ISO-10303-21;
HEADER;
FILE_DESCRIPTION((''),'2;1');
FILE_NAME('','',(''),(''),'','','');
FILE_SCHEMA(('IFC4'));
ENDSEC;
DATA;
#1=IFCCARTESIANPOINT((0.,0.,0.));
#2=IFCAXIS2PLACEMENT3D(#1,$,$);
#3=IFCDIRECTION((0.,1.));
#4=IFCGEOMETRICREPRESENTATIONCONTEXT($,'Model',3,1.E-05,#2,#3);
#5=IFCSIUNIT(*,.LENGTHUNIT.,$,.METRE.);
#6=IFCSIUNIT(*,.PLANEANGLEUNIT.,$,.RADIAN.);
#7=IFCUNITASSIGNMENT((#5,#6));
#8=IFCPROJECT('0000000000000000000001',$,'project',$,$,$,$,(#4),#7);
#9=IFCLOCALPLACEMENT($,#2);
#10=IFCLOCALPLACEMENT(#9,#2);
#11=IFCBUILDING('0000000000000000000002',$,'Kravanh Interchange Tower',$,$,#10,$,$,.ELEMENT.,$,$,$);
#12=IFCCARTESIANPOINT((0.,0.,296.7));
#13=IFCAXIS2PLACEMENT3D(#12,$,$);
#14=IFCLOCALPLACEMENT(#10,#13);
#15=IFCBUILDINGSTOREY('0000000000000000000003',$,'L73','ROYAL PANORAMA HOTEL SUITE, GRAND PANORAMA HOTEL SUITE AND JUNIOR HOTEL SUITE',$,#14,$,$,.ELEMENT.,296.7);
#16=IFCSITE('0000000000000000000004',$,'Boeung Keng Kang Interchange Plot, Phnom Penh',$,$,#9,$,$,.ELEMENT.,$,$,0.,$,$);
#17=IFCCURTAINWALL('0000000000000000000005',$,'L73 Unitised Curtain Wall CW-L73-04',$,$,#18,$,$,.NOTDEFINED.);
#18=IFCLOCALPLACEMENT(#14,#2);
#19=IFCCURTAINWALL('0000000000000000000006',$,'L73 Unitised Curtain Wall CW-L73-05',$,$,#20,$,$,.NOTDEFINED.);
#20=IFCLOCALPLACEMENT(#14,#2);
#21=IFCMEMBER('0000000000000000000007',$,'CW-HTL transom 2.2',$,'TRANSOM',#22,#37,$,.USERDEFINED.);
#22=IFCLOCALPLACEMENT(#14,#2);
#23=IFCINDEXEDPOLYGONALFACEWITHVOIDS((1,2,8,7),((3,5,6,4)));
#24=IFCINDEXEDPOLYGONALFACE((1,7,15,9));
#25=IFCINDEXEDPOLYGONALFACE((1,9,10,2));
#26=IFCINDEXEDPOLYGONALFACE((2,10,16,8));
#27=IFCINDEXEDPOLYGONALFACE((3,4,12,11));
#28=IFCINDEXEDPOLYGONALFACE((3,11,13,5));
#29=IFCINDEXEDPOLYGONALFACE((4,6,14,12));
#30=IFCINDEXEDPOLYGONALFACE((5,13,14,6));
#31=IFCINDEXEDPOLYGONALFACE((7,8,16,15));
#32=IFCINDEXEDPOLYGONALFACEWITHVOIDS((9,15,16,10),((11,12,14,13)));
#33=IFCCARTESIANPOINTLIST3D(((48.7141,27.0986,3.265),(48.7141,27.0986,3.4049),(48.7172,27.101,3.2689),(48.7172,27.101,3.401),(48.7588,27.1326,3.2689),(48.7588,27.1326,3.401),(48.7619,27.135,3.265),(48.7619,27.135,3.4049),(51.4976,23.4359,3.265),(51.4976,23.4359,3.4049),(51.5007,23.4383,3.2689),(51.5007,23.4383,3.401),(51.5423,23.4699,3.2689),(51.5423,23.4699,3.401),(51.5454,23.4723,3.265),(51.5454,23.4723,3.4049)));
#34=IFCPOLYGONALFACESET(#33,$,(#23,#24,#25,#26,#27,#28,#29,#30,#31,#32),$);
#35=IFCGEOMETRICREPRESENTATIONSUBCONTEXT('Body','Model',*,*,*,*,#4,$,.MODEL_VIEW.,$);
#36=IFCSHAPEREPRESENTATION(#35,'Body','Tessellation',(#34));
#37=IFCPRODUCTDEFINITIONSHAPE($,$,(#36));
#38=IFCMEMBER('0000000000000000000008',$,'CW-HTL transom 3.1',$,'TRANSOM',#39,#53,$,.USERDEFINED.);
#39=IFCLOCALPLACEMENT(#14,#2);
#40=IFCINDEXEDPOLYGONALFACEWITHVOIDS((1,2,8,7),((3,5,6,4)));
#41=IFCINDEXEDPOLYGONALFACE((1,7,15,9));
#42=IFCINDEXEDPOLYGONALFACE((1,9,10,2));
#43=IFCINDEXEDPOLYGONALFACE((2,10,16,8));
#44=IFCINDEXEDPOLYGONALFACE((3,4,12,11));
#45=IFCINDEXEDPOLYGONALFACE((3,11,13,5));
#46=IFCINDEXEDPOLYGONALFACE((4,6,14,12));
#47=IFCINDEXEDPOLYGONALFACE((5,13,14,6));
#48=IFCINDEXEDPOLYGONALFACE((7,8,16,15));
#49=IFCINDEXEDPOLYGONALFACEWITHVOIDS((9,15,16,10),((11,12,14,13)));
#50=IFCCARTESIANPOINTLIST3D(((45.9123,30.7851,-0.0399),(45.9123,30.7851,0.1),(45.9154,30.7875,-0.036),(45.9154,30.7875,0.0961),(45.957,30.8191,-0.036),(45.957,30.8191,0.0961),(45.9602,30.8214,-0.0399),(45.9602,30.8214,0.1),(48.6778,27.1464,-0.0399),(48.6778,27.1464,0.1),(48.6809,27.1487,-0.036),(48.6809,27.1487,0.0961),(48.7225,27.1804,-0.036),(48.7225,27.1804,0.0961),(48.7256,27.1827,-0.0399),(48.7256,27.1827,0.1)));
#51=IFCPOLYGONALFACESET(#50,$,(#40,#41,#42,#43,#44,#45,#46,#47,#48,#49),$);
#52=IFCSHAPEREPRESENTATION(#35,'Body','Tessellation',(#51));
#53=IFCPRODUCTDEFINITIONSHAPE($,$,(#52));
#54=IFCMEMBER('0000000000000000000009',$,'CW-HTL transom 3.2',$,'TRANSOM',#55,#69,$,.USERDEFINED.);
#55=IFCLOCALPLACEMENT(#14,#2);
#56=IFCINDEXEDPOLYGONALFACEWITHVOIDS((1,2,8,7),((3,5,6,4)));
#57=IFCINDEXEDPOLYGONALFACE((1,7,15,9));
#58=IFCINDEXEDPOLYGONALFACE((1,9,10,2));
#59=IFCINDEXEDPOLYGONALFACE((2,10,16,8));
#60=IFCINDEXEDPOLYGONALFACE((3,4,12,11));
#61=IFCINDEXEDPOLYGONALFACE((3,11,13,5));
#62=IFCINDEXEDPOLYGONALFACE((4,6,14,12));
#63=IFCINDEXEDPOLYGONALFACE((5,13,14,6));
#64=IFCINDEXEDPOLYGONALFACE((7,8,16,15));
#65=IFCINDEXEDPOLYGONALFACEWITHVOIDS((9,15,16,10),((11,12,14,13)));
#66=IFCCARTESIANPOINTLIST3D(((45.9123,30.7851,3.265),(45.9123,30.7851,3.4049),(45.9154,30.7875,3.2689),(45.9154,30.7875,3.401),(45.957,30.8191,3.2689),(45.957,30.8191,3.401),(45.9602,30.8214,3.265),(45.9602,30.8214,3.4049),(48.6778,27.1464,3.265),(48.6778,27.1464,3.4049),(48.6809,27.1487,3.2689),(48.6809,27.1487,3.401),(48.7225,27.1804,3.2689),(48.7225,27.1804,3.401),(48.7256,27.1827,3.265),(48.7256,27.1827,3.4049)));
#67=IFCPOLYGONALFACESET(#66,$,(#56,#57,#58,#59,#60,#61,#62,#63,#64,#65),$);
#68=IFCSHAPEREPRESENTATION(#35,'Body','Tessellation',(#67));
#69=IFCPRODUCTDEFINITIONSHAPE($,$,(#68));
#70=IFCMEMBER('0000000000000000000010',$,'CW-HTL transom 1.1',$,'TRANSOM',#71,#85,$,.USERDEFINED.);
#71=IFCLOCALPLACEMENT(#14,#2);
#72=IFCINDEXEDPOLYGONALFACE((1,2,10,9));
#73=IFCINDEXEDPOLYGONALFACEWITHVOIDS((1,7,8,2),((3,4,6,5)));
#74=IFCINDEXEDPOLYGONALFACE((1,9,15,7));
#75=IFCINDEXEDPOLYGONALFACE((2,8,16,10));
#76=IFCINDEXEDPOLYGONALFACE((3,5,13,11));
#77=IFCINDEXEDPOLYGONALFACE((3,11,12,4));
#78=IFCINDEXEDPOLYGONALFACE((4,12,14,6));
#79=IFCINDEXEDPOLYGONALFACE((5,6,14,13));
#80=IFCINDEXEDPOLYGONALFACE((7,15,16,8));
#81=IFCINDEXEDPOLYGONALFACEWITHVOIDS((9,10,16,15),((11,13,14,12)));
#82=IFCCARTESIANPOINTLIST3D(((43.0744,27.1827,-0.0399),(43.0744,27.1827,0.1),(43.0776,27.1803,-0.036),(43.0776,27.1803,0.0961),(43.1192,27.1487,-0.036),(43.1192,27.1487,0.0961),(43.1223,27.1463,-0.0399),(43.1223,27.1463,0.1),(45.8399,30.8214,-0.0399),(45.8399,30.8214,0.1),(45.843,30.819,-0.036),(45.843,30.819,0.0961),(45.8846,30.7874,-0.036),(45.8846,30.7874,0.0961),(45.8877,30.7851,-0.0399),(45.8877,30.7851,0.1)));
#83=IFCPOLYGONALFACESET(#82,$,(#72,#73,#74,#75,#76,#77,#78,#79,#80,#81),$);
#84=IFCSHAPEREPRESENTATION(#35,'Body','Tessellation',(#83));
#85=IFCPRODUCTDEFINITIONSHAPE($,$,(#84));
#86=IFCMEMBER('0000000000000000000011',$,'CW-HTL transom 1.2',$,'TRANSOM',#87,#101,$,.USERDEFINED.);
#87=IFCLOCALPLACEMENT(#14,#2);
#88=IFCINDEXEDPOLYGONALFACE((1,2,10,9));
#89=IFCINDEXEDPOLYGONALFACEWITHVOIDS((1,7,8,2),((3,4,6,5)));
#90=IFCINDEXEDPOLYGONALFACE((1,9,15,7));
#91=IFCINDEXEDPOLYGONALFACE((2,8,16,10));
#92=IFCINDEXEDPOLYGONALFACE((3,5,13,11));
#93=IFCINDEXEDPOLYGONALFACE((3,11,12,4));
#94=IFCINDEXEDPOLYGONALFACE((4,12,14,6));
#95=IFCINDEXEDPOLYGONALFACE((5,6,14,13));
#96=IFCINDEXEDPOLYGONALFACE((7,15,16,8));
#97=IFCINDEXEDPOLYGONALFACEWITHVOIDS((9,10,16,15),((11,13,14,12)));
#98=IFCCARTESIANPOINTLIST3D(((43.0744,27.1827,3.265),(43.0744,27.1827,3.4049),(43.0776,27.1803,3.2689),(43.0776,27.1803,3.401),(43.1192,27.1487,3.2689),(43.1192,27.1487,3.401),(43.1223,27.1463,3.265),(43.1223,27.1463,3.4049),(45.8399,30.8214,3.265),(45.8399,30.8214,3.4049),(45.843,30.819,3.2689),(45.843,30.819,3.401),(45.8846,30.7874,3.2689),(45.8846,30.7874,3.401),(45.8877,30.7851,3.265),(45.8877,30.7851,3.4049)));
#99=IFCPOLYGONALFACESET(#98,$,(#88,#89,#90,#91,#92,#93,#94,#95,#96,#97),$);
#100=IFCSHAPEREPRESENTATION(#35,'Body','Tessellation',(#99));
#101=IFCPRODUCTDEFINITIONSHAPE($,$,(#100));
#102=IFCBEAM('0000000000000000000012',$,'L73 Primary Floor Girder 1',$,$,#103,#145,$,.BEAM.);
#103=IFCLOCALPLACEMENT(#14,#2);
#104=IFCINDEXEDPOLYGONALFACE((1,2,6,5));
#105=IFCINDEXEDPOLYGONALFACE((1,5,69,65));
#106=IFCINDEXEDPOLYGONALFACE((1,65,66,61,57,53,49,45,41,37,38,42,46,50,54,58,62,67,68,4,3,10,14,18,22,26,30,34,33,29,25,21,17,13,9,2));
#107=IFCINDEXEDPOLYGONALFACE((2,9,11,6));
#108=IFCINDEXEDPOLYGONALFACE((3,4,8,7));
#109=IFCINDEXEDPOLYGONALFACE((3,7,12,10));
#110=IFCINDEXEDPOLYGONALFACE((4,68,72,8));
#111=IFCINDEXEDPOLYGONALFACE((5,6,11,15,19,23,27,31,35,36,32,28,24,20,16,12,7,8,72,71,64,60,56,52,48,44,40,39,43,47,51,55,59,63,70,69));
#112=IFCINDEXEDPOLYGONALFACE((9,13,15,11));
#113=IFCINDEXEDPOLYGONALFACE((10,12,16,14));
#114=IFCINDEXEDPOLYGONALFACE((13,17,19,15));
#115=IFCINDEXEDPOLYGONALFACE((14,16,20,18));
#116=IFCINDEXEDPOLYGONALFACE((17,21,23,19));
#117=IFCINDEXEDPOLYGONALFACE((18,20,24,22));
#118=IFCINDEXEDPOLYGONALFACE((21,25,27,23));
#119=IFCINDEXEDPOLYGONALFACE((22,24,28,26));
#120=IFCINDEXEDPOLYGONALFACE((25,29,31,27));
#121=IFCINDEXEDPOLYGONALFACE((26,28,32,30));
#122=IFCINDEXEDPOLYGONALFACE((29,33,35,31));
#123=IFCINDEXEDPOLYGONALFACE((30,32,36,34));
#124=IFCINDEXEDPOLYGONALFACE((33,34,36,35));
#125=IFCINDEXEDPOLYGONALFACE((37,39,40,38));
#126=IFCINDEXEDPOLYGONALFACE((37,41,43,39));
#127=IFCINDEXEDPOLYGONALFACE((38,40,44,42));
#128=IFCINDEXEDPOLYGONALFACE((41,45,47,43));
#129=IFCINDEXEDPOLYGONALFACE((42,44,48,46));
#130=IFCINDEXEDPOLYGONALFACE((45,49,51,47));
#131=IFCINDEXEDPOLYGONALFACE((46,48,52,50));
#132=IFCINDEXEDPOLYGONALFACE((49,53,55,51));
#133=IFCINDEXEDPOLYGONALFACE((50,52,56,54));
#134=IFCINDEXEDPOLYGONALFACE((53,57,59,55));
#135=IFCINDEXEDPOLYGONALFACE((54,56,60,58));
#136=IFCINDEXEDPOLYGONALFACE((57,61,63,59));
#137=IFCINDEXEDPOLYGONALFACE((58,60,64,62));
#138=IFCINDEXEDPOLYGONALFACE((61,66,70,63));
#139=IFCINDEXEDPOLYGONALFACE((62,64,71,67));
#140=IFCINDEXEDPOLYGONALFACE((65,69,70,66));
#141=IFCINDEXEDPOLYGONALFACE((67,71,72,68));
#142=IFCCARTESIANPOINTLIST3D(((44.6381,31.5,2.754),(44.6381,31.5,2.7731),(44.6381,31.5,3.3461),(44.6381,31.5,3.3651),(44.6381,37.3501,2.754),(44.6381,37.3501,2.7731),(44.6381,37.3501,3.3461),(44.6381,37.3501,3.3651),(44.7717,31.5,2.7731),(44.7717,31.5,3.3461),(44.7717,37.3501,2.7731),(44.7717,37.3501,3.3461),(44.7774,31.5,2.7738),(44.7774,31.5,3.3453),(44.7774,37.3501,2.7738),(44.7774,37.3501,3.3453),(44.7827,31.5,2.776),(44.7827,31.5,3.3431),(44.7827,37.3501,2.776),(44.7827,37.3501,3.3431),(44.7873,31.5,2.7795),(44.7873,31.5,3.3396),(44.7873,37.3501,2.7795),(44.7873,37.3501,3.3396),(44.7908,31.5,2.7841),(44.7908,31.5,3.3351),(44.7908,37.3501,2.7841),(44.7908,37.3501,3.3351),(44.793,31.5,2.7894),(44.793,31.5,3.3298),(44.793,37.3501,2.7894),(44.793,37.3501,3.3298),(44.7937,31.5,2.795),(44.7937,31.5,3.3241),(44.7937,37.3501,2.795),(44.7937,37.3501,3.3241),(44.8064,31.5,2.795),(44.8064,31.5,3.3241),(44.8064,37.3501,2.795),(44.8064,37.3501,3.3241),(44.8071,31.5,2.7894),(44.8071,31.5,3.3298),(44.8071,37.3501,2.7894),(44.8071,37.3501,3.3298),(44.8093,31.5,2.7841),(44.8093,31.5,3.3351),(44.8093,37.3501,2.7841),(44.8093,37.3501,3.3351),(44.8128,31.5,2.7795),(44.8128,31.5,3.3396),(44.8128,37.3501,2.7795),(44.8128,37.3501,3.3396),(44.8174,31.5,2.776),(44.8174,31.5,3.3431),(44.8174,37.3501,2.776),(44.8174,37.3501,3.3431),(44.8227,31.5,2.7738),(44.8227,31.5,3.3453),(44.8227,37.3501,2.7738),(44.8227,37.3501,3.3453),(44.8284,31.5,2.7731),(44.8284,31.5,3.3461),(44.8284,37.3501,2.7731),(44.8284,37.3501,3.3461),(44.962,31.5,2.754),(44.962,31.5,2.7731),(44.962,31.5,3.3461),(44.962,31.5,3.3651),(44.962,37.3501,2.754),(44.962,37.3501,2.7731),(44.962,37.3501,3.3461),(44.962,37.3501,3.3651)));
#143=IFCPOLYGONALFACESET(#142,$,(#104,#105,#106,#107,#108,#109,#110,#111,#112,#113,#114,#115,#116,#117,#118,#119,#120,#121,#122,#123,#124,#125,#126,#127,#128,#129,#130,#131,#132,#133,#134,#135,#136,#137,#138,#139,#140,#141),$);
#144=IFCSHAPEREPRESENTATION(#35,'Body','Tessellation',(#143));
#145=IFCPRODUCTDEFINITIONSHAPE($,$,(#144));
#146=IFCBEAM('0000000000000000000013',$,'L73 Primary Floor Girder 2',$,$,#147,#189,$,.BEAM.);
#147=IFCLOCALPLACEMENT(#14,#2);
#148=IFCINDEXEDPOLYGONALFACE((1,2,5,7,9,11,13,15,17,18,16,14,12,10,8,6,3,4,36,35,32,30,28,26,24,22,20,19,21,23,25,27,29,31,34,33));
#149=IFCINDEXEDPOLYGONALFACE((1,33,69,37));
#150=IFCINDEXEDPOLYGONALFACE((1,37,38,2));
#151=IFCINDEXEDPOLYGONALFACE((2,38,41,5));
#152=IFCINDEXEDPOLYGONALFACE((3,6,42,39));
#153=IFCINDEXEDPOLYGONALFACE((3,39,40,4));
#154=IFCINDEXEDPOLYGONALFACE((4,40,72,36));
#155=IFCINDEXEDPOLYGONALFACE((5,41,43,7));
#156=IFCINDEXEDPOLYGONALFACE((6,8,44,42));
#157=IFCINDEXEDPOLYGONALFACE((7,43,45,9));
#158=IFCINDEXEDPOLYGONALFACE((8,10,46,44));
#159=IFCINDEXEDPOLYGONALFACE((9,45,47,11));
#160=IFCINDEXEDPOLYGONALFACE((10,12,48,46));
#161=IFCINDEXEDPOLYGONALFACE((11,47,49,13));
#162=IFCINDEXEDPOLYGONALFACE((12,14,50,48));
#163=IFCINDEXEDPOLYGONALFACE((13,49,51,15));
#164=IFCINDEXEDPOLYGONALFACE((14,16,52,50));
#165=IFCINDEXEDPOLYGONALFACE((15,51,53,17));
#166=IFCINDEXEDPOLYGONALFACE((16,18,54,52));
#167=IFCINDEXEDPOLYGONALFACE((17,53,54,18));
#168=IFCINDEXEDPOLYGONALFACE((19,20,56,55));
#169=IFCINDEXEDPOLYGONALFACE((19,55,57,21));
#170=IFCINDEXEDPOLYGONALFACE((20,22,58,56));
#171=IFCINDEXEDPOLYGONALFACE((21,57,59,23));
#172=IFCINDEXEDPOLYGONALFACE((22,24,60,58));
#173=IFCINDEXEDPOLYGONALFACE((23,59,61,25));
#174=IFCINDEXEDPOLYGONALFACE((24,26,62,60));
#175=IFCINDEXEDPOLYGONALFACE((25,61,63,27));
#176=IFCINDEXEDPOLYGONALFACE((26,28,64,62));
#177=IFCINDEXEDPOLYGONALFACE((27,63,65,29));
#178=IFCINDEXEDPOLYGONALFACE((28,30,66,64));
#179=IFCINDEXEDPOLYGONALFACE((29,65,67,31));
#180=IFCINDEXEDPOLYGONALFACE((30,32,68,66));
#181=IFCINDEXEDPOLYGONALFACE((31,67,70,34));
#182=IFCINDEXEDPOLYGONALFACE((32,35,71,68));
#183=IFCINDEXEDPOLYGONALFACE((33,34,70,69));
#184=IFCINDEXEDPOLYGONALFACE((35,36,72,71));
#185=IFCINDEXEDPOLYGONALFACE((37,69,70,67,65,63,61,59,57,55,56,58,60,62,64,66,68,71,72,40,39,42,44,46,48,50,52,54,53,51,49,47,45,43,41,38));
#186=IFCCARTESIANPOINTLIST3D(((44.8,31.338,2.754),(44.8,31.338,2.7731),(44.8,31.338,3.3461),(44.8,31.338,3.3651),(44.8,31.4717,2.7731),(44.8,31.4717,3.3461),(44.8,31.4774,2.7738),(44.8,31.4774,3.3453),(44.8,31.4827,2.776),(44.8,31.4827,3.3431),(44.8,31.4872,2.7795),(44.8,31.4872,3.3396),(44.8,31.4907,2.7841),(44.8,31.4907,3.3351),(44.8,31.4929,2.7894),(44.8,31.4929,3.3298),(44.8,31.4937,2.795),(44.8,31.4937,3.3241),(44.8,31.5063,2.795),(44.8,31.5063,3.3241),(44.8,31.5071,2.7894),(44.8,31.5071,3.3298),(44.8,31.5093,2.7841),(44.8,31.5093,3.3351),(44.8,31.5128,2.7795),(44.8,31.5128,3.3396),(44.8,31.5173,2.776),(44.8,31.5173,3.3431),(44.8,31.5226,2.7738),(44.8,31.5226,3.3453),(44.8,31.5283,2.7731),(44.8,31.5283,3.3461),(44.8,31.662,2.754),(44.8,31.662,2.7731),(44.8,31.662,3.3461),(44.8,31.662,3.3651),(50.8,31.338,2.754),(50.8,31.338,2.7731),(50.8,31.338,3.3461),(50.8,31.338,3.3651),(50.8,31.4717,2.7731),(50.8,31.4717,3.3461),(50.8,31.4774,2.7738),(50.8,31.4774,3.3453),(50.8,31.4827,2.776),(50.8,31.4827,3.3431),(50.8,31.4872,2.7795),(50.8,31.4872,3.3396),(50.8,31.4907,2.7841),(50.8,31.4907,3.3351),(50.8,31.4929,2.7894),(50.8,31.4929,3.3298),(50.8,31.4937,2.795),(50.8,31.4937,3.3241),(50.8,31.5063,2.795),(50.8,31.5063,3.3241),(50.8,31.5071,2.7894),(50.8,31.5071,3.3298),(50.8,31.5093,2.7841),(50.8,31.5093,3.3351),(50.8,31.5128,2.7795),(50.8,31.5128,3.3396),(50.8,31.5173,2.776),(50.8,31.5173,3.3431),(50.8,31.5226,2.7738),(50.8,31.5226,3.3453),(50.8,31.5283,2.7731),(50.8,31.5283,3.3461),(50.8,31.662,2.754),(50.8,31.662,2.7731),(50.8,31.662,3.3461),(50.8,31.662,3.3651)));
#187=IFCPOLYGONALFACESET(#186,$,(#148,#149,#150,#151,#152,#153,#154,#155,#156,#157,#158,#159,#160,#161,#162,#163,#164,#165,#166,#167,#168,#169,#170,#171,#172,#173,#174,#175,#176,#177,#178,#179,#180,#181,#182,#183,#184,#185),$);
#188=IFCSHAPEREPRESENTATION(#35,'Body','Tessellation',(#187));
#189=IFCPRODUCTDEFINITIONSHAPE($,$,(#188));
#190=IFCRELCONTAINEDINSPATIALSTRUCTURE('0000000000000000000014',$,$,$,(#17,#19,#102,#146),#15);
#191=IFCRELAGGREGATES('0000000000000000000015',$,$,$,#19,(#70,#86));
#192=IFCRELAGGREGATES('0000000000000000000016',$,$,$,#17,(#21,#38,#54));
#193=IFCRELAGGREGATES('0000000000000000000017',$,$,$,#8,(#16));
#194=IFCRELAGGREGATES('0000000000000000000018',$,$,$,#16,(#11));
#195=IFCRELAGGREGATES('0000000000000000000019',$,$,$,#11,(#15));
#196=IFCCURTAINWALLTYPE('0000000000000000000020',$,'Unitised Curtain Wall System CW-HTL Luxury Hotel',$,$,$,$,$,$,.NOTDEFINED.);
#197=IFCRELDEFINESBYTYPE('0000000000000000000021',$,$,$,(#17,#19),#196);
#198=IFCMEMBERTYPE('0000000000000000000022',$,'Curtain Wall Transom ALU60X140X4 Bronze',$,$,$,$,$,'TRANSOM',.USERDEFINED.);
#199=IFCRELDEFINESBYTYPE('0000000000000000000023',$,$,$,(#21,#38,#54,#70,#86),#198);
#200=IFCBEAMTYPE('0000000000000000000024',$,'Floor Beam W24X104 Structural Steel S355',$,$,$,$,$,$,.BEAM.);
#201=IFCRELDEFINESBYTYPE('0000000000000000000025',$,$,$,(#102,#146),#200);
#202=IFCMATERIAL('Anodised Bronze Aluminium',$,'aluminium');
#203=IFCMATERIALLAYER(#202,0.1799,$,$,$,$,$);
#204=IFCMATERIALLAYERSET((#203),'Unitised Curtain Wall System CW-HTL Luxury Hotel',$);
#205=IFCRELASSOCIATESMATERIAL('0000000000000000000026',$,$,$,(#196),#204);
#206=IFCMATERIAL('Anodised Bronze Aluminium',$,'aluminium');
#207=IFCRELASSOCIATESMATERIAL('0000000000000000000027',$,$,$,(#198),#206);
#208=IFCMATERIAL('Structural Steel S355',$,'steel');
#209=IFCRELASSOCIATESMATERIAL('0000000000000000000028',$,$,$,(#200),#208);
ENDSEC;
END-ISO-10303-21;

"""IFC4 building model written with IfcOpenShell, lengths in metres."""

from ifc_helpers import new_model, si_unit, direction, frame, origin, origin_2d, place, context, subcontext, project, spatial, hollow_rectangle, i_section, extrude, material, layer, layer_set, material_profile, profile_set, type_object, element, aggregate, save


model = new_model("IFC4")

# Units and contexts
model_context = context("Model", 3, precision=1e-05, world=origin(), true_north=direction((0.0, 1.0)))
body_context = subcontext(model_context, "Body", "Model", "MODEL_VIEW")
ifc_project = project(units=[si_unit("LENGTHUNIT", "METRE"), si_unit("PLANEANGLEUNIT", "RADIAN")], contexts=[model_context])

# Site, building, storey
site_placement = place(None, origin())
site = spatial("IfcSite", under=ifc_project, at=site_placement, Name="Boeung Keng Kang Interchange Plot, Phnom Penh", CompositionType="ELEMENT", RefElevation=0.0)
building_placement = place(site_placement, origin())
building = spatial("IfcBuilding", under=site, at=building_placement, Name="Kravanh Interchange Tower", CompositionType="ELEMENT")
storey_placement = place(building_placement, frame((0.0, 0.0, 296.7)))
storey = spatial("IfcBuildingStorey", under=building, at=storey_placement, Name="L73", Description="ROYAL PANORAMA HOTEL SUITE, GRAND PANORAMA HOTEL SUITE AND JUNIOR HOTEL SUITE", CompositionType="ELEMENT", Elevation=296.7)

# Curtain wall
ifc_material_1 = material(Name="Anodised Bronze Aluminium", Category="aluminium")
ifc_layer_1 = layer(ifc_material_1, 0.1799)
ifc_layer_set_1 = layer_set([ifc_layer_1], Name="Unitised Curtain Wall System CW-HTL Luxury Hotel")
curtain_wall_type = type_object("IfcCurtainWallType", Name="Unitised Curtain Wall System CW-HTL Luxury Hotel", PredefinedType="NOTDEFINED", material=ifc_layer_set_1)
curtain_wall_1_placement = place(storey_placement, origin())
curtain_wall_1 = element("IfcCurtainWall", 1, at=curtain_wall_1_placement, inside=storey, type_object=curtain_wall_type, Name="L73 Unitised Curtain Wall CW-L73-04", PredefinedType="NOTDEFINED")

# Curtain wall
curtain_wall_2_placement = place(storey_placement, origin())
curtain_wall_2 = element("IfcCurtainWall", 2, at=curtain_wall_2_placement, inside=storey, type_object=curtain_wall_type, Name="L73 Unitised Curtain Wall CW-L73-05", PredefinedType="NOTDEFINED")

# Members
ifc_material_2 = material(Name="Anodised Bronze Aluminium", Category="aluminium")
ifc_material_profile_1 = material_profile(ifc_material_2, hollow_rectangle(XDim=0.0601, YDim=0.1399, WallThickness=0.0039, at=origin_2d()), Name="ALU60X140X4")
ifc_profile_set_1 = profile_set([ifc_material_profile_1], Name="Anodised Bronze Aluminium")
member_type_1 = type_object("IfcMemberType", Name="Curtain Wall Transom ALU60X140X4 Bronze", ElementType="TRANSOM", PredefinedType="USERDEFINED", material=ifc_profile_set_1)
member_1_placement = place(storey_placement, frame((51.5215, 23.4541, 3.335), z_axis=(-0.605066, 0.796175, 0.0), x_axis=(-0.796175, -0.605066, 0.0)))
member_1 = element("IfcMember", 3, at=member_1_placement, type_object=member_type_1, Name="CW-HTL transom 2.2", ObjectType="TRANSOM", PredefinedType="USERDEFINED", context=body_context, shape_type="SweptSolid", body=[
    extrude(hollow_rectangle(XDim=0.0601, YDim=0.1399, WallThickness=0.0039, at=origin_2d()), origin(), (0.0, 0.0, 1.0), 4.6003),
])
member_2_placement = place(storey_placement, frame((48.7017, 27.1646, 0.03), z_axis=(-0.605082, 0.796163, 0.0), x_axis=(-0.796163, -0.605082, 0.0)))
member_2 = element("IfcMember", 4, at=member_2_placement, type_object=member_type_1, Name="CW-HTL transom 3.1", ObjectType="TRANSOM", PredefinedType="USERDEFINED", context=body_context, shape_type="SweptSolid", body=[
    extrude(hollow_rectangle(XDim=0.0601, YDim=0.1399, WallThickness=0.0039, at=origin_2d()), origin(), (0.0, 0.0, 1.0), 4.5703),
])
member_3_placement = place(storey_placement, frame((48.7017, 27.1646, 3.335), z_axis=(-0.605082, 0.796163, 0.0), x_axis=(-0.796163, -0.605082, 0.0)))
member_3 = element("IfcMember", 5, at=member_3_placement, type_object=member_type_1, Name="CW-HTL transom 3.2", ObjectType="TRANSOM", PredefinedType="USERDEFINED", context=body_context, shape_type="SweptSolid", body=[
    extrude(hollow_rectangle(XDim=0.0601, YDim=0.1399, WallThickness=0.0039, at=origin_2d()), origin(), (0.0, 0.0, 1.0), 4.5703),
])
member_4_placement = place(storey_placement, frame((45.8638, 30.8032, 0.03), z_axis=(-0.605082, -0.796163, 0.0), x_axis=(0.796163, -0.605082, 0.0)))
member_4 = element("IfcMember", 6, at=member_4_placement, type_object=member_type_1, Name="CW-HTL transom 1.1", ObjectType="TRANSOM", PredefinedType="USERDEFINED", context=body_context, shape_type="SweptSolid", body=[
    extrude(hollow_rectangle(XDim=0.0601, YDim=0.1399, WallThickness=0.0039, at=origin_2d()), origin(), (0.0, 0.0, 1.0), 4.5703),
])
member_5_placement = place(storey_placement, frame((45.8638, 30.8032, 3.335), z_axis=(-0.605082, -0.796163, 0.0), x_axis=(0.796163, -0.605082, 0.0)))
member_5 = element("IfcMember", 7, at=member_5_placement, type_object=member_type_1, Name="CW-HTL transom 1.2", ObjectType="TRANSOM", PredefinedType="USERDEFINED", context=body_context, shape_type="SweptSolid", body=[
    extrude(hollow_rectangle(XDim=0.0601, YDim=0.1399, WallThickness=0.0039, at=origin_2d()), origin(), (0.0, 0.0, 1.0), 4.5703),
])
aggregate(curtain_wall_2, [member_4, member_5])

# Beams
ifc_material_3 = material(Name="Structural Steel S355", Category="steel")
ifc_material_profile_2 = material_profile(ifc_material_3, i_section(OverallWidth=0.324, OverallDepth=0.6111, WebThickness=0.0127, FlangeThickness=0.019, FilletRadius=0.022, at=origin_2d()), Name="W24X104")
ifc_profile_set_2 = profile_set([ifc_material_profile_2], Name="Structural Steel S355")
beam_type_1 = type_object("IfcBeamType", Name="Floor Beam W24X104 Structural Steel S355", PredefinedType="BEAM", material=ifc_profile_set_2)
beam_1_placement = place(storey_placement, frame((44.8, 31.5, 3.0596), z_axis=(0.0, 1.0, 0.0), x_axis=(-1.0, 0.0, 0.0)))
element("IfcBeam", 8, at=beam_1_placement, inside=storey, type_object=beam_type_1, Name="L73 Primary Floor Girder 1", PredefinedType="BEAM", context=body_context, shape_type="SweptSolid", body=[
    extrude(i_section(OverallWidth=0.324, OverallDepth=0.6111, WebThickness=0.0127, FlangeThickness=0.019, FilletRadius=0.022, at=origin_2d()), origin(), (0.0, 0.0, 1.0), 5.8501),
])
beam_2_placement = place(storey_placement, frame((44.8, 31.5, 3.0596), z_axis=(1.0, 0.0, 0.0), x_axis=(0.0, 1.0, 0.0)))
element("IfcBeam", 9, at=beam_2_placement, inside=storey, type_object=beam_type_1, Name="L73 Primary Floor Girder 2", PredefinedType="BEAM", context=body_context, shape_type="SweptSolid", body=[
    extrude(i_section(OverallWidth=0.324, OverallDepth=0.6111, WebThickness=0.0127, FlangeThickness=0.019, FilletRadius=0.022, at=origin_2d()), origin(), (0.0, 0.0, 1.0), 6.0),
])

aggregate(curtain_wall_1, [member_1, member_2, member_3])

save(model, "model.ifc")
